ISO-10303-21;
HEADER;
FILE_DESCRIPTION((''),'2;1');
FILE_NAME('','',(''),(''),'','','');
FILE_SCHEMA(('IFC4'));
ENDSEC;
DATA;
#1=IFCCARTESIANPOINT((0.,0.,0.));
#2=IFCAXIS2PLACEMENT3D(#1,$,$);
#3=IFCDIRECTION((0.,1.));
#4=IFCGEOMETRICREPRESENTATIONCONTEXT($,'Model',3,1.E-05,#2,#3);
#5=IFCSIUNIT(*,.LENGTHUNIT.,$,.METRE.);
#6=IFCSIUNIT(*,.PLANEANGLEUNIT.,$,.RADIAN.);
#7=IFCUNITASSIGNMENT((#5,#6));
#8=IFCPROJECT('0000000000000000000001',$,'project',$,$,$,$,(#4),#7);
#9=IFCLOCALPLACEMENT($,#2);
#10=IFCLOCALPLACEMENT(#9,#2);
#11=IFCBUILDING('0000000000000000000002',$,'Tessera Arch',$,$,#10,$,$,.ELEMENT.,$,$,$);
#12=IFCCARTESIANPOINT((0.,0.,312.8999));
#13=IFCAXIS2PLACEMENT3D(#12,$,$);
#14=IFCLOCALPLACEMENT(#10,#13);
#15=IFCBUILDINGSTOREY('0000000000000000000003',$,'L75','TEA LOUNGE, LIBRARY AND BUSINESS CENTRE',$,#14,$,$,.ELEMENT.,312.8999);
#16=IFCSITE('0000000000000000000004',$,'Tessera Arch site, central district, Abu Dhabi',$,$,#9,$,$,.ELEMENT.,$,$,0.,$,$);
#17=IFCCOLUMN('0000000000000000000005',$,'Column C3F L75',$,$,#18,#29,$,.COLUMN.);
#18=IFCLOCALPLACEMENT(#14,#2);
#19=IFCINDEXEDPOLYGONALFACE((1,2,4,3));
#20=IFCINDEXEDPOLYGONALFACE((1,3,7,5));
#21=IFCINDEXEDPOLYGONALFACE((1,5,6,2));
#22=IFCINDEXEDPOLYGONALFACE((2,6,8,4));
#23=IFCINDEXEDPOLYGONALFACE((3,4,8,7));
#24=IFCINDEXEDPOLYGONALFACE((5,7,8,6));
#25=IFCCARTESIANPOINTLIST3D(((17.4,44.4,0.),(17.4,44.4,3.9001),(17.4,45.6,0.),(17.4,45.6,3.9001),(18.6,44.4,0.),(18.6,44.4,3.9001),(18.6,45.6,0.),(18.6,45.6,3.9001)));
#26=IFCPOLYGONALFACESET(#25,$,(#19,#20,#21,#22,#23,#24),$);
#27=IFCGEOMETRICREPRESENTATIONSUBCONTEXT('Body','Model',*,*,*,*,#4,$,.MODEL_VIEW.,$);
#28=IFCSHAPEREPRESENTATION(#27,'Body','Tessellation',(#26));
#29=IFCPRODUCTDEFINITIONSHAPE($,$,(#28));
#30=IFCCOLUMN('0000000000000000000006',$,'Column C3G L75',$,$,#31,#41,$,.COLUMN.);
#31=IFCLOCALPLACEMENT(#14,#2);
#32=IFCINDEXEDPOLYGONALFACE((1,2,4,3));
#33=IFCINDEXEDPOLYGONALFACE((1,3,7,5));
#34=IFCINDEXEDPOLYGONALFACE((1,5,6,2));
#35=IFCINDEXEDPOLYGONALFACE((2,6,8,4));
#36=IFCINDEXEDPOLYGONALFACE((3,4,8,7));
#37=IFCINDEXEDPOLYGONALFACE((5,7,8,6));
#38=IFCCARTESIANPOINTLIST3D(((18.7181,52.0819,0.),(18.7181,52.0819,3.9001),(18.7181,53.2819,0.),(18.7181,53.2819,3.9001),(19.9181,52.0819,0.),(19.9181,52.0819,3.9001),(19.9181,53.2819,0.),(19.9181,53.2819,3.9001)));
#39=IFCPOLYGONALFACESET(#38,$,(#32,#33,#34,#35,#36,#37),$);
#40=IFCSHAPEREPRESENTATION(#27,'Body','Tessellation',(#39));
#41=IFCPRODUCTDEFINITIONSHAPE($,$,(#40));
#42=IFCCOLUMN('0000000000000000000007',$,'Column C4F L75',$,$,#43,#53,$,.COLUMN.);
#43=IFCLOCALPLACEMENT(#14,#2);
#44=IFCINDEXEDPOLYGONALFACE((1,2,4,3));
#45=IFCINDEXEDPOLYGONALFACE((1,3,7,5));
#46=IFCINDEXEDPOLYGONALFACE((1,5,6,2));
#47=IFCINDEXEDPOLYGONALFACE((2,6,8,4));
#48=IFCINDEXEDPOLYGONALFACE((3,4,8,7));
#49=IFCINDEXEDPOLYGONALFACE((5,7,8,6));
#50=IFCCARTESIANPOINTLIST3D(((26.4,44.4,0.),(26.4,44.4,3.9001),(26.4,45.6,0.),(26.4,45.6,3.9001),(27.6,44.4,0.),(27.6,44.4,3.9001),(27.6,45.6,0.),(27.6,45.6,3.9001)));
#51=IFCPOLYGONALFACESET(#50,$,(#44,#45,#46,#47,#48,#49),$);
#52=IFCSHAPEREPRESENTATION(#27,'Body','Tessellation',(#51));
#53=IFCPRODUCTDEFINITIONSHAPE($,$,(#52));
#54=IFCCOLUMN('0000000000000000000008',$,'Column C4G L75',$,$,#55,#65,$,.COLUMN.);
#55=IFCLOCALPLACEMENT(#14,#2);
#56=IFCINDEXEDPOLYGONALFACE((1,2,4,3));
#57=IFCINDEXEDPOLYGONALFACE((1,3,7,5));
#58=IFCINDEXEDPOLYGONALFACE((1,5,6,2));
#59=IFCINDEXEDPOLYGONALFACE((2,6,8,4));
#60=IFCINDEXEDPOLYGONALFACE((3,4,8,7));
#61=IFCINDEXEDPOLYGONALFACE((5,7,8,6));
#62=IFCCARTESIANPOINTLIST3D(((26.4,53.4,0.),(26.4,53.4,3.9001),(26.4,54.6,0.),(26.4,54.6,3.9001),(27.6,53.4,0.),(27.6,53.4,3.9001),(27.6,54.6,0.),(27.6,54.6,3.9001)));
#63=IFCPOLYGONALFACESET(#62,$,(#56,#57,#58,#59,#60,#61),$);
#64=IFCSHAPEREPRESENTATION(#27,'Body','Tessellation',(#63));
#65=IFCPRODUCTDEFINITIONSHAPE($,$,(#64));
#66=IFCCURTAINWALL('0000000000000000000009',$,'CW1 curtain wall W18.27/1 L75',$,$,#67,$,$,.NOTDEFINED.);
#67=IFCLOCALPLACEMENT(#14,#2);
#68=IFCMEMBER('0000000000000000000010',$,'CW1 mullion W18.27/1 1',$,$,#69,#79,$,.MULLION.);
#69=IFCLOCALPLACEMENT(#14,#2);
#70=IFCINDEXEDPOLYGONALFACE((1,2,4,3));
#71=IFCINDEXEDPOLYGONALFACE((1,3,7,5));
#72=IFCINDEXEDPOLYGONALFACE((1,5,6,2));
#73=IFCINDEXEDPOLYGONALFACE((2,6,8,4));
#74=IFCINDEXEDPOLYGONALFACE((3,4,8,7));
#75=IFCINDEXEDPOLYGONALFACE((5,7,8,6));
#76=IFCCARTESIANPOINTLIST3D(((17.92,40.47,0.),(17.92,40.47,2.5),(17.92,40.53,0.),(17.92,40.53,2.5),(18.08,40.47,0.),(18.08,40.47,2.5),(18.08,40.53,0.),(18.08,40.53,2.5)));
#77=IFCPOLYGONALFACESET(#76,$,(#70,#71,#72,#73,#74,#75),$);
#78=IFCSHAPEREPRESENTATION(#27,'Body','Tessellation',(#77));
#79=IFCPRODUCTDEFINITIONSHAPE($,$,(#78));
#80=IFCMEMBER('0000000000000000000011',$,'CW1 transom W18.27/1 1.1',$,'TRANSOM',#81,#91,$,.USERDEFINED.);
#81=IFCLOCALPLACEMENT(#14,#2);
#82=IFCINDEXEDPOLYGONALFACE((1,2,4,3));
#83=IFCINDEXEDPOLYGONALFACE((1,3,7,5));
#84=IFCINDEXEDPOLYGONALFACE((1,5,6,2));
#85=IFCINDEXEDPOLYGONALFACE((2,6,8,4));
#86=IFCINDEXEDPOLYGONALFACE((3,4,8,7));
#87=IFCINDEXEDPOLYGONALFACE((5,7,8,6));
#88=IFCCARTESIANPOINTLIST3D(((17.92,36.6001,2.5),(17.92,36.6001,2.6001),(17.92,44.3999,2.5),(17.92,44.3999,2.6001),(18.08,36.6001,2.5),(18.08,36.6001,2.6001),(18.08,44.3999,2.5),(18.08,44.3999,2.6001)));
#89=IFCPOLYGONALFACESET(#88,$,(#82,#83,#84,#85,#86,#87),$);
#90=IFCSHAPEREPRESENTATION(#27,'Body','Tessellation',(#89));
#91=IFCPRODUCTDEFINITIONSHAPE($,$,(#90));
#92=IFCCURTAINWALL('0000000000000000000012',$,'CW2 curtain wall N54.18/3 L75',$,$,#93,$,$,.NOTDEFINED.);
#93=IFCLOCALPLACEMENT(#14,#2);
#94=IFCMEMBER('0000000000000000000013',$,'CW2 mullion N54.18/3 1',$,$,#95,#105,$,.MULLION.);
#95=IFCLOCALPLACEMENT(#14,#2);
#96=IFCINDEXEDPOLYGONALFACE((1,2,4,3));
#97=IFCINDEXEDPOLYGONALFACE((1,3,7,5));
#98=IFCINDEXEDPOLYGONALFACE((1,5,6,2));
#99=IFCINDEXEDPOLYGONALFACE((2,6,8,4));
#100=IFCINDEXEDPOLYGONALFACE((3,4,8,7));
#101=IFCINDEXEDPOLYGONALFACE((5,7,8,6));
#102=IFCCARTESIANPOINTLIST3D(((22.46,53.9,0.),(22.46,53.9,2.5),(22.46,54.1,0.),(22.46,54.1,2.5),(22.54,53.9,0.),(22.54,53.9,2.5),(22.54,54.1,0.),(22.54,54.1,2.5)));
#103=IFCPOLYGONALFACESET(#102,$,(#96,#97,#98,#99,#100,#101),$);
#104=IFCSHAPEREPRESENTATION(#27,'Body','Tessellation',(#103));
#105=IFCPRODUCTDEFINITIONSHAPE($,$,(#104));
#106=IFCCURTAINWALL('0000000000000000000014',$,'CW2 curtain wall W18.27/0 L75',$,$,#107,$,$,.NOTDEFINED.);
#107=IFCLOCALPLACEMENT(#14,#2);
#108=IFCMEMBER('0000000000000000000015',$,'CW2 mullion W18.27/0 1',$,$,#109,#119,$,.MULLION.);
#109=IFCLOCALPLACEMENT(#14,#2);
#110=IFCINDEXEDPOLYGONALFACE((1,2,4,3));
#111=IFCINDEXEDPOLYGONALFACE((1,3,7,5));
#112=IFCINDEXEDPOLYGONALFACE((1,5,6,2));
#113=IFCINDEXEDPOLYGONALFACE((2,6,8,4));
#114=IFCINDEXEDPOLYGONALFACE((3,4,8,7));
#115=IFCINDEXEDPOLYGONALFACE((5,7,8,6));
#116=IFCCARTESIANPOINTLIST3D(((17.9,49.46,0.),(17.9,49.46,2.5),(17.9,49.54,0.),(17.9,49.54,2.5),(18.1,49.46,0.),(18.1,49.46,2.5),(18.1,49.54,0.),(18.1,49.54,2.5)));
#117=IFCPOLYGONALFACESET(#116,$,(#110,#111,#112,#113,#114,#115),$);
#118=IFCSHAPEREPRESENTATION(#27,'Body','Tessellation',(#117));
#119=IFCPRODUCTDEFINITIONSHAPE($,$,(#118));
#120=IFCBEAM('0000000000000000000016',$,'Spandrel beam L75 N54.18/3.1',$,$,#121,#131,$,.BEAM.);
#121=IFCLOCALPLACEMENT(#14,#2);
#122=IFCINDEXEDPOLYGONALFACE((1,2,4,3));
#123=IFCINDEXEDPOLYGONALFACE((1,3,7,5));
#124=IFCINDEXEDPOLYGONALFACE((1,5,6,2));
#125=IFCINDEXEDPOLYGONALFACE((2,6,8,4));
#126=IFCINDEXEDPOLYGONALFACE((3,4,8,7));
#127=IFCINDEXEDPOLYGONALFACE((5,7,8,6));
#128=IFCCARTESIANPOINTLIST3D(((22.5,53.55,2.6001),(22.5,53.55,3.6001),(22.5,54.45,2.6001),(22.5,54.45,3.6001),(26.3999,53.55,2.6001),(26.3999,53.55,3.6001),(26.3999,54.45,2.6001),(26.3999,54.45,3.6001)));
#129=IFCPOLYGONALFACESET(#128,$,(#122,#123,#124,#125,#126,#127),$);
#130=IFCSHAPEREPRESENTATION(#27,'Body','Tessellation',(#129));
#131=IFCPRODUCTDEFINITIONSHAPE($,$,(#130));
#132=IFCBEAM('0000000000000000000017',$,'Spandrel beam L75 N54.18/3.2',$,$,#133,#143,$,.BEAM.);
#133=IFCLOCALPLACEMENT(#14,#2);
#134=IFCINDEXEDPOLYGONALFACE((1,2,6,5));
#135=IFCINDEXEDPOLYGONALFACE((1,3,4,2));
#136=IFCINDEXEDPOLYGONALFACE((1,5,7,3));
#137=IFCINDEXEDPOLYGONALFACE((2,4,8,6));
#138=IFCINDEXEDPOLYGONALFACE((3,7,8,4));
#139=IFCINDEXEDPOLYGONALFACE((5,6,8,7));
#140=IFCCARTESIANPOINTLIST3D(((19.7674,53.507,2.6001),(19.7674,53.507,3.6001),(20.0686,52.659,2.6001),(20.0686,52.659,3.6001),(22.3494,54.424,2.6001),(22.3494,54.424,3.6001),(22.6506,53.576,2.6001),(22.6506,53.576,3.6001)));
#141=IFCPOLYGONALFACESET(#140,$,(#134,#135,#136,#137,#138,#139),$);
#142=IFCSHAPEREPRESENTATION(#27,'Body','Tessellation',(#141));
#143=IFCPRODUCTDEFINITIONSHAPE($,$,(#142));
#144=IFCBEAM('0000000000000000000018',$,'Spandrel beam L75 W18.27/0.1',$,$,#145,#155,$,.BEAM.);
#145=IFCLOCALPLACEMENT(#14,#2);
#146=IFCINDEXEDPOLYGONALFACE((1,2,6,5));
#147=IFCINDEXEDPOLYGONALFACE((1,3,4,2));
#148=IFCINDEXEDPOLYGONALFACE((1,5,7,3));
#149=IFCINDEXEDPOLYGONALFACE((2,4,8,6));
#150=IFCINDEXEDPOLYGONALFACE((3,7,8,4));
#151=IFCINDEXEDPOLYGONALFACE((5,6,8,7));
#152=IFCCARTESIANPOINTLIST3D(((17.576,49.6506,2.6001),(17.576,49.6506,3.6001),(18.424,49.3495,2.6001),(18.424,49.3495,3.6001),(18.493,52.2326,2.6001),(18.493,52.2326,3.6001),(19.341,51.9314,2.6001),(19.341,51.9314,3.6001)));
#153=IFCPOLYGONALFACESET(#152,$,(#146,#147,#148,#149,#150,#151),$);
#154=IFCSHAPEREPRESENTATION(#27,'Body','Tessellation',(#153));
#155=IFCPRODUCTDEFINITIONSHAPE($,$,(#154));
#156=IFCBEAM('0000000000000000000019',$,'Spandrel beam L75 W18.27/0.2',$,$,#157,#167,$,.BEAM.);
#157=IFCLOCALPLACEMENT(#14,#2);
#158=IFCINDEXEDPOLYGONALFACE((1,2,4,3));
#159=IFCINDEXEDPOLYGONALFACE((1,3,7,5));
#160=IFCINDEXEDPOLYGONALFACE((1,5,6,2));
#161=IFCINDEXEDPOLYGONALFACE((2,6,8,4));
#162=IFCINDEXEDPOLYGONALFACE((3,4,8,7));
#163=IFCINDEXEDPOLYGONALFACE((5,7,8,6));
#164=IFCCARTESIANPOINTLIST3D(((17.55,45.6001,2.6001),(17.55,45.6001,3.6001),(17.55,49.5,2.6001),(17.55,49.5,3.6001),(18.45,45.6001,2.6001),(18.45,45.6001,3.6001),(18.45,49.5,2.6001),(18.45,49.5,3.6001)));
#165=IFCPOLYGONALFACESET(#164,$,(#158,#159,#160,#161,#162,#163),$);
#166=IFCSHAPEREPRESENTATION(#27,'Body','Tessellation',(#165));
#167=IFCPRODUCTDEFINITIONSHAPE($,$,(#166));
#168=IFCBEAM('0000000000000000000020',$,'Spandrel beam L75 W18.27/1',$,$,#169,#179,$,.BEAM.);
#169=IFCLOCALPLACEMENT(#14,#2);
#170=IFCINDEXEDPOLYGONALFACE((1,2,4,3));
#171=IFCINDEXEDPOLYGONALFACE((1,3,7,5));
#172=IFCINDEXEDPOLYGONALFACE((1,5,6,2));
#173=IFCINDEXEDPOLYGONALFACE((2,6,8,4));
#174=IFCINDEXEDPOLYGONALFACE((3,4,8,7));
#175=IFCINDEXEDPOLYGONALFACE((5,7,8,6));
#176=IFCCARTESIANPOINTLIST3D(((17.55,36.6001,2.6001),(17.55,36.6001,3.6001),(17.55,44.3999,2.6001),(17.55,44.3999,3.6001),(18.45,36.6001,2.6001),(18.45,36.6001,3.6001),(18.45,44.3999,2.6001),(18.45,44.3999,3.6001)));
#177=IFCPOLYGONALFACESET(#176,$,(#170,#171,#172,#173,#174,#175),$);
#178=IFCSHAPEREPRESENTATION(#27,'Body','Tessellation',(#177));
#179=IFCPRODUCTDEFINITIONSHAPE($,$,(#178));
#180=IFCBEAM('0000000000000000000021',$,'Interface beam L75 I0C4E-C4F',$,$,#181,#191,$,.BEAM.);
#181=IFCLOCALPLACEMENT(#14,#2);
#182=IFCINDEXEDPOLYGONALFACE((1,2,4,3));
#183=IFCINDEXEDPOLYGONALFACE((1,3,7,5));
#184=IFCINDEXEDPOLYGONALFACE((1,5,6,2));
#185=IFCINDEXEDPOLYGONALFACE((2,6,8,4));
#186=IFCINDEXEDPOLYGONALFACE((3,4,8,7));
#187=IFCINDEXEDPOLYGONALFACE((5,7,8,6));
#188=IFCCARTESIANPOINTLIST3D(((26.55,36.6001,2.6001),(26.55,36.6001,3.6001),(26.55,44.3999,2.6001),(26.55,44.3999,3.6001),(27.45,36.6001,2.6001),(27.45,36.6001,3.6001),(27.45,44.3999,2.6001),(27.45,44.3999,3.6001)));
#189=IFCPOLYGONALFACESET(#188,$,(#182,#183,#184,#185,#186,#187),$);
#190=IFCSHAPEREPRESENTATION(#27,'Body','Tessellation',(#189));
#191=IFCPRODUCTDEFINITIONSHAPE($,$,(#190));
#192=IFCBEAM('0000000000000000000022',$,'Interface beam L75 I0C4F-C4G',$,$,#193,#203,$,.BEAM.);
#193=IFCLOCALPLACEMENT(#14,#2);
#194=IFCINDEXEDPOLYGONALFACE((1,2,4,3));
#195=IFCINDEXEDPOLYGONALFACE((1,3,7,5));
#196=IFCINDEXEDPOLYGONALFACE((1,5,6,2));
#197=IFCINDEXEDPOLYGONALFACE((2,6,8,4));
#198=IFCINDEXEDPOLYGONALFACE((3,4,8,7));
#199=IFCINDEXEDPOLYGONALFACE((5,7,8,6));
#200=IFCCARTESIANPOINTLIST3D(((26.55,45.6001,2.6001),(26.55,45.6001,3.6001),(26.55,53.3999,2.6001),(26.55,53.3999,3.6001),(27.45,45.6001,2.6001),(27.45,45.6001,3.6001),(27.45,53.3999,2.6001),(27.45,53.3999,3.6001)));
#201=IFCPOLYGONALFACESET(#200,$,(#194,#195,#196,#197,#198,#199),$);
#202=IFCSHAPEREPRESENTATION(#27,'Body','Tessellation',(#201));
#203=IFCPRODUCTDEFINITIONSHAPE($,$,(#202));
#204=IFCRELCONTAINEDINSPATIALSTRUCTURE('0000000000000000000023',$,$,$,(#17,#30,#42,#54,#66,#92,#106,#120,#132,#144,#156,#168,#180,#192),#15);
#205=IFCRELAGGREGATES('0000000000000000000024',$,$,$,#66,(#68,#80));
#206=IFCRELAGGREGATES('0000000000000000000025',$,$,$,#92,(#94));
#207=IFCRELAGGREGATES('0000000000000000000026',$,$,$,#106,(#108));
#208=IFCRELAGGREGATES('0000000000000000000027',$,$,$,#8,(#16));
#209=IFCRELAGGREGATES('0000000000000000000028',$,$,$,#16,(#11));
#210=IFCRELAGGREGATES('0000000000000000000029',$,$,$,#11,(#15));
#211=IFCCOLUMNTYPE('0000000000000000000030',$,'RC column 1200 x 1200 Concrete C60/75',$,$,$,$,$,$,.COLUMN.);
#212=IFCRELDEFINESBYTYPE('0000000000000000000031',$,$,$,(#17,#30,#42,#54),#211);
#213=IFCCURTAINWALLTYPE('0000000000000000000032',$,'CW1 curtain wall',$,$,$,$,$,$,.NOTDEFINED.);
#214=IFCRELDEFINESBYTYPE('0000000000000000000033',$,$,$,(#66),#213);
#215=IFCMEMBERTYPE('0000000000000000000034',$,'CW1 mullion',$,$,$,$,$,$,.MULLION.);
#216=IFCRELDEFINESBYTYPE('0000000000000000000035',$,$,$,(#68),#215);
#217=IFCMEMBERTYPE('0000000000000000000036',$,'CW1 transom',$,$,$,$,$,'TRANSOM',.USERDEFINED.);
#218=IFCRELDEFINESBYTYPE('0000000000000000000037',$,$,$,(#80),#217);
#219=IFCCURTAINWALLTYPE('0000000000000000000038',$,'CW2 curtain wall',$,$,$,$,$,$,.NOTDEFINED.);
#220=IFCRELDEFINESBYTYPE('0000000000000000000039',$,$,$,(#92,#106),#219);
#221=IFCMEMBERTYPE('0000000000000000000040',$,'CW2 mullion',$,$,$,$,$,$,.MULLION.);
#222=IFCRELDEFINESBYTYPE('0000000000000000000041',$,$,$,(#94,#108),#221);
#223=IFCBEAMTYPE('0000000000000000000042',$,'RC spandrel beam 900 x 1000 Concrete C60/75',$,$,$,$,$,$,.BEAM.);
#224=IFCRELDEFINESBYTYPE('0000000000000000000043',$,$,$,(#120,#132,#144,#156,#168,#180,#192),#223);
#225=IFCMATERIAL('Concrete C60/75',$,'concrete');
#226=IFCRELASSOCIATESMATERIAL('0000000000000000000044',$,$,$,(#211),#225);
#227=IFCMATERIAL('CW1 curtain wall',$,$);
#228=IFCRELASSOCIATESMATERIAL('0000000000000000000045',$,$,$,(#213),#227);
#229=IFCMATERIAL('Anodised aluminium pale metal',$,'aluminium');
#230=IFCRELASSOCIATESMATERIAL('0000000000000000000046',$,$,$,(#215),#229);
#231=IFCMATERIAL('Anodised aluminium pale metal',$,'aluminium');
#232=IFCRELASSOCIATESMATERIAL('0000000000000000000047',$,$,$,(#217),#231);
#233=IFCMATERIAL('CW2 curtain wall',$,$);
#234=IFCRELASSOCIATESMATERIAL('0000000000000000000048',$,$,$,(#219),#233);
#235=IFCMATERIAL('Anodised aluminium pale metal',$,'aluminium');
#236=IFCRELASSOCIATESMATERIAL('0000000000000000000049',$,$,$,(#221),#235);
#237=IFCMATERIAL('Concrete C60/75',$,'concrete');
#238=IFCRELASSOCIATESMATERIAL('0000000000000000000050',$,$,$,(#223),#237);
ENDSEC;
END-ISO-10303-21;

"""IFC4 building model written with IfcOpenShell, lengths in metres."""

from ifc_helpers import new_model, si_unit, direction, frame, origin, origin_2d, place, context, subcontext, project, spatial, rectangle, extrude, material, material_profile, profile_set, type_object, element, aggregate, save


model = new_model("IFC4")

# Units and contexts
model_context = context("Model", 3, precision=1e-05, world=origin(), true_north=direction((0.0, 1.0)))
body_context = subcontext(model_context, "Body", "Model", "MODEL_VIEW")
ifc_project = project(units=[si_unit("LENGTHUNIT", "METRE"), si_unit("PLANEANGLEUNIT", "RADIAN")], contexts=[model_context])

# Site, building, storey
site_placement = place(None, origin())
site = spatial("IfcSite", under=ifc_project, at=site_placement, Name="Tessera Arch site, central district, Abu Dhabi", CompositionType="ELEMENT", RefElevation=0.0)
building_placement = place(site_placement, origin())
building = spatial("IfcBuilding", under=site, at=building_placement, Name="Tessera Arch", CompositionType="ELEMENT")
storey_placement = place(building_placement, frame((0.0, 0.0, 312.8999)))
storey = spatial("IfcBuildingStorey", under=building, at=storey_placement, Name="L75", Description="TEA LOUNGE, LIBRARY AND BUSINESS CENTRE", CompositionType="ELEMENT", Elevation=312.8999)

# Columns
ifc_material_1 = material(Name="Concrete C60/75", Category="concrete")
ifc_material_profile_1 = material_profile(ifc_material_1, rectangle(XDim=1.2, YDim=1.2, at=origin_2d()), Name="RC column 1200 x 1200 Concrete C60/75")
ifc_profile_set_1 = profile_set([ifc_material_profile_1], Name="Concrete C60/75")
column_type = type_object("IfcColumnType", Name="RC column 1200 x 1200 Concrete C60/75", PredefinedType="COLUMN", material=ifc_profile_set_1)
for number, where, z_axis, x_axis, name in (
    (1, (18.0, 45.0, 0.0), (0.0, 0.0, 1.0), (1.0, 0.0, 0.0), "Column C3F L75"),
    (2, (19.3181, 52.6819, 0.0), (0.0, 0.0, 1.0), (1.0, 0.0, 0.0), "Column C3G L75"),
    (3, (27.0, 45.0, 0.0), (0.0, 0.0, 1.0), (1.0, 0.0, 0.0), "Column C4F L75"),
    (4, (27.0, 54.0, 0.0), (0.0, 0.0, 1.0), (1.0, 0.0, 0.0), "Column C4G L75"),
):
    element("IfcColumn", number, at=place(storey_placement, frame(where, z_axis=z_axis, x_axis=x_axis)), inside=storey, type_object=column_type, Name=name, PredefinedType="COLUMN", context=body_context, shape_type="SweptSolid", body=[
        extrude(rectangle(XDim=1.2, YDim=1.2, at=origin_2d()), origin(), (0.0, 0.0, 1.0), 3.9001),
    ])

# Curtain wall, members
ifc_material_2 = material(Name="CW1 curtain wall")
curtain_wall_type_1 = type_object("IfcCurtainWallType", Name="CW1 curtain wall", PredefinedType="NOTDEFINED", material=ifc_material_2)
curtain_wall_1_placement = place(storey_placement, origin())
curtain_wall_1 = element("IfcCurtainWall", 5, at=curtain_wall_1_placement, inside=storey, type_object=curtain_wall_type_1, Name="CW1 curtain wall W18.27/1 L75", PredefinedType="NOTDEFINED")
ifc_material_3 = material(Name="Anodised aluminium pale metal", Category="aluminium")
ifc_material_profile_2 = material_profile(ifc_material_3, rectangle(XDim=0.1599, YDim=0.0601, at=origin_2d()), Name="AL 60x160")
ifc_profile_set_2 = profile_set([ifc_material_profile_2], Name="Anodised aluminium pale metal")
member_type_1 = type_object("IfcMemberType", Name="CW1 mullion", PredefinedType="MULLION", material=ifc_profile_set_2)
member_1_placement = place(storey_placement, frame((18.0, 40.5, 0.0), z_axis=(0.0, 0.0, 1.0), x_axis=(1.0, 0.0, 0.0)))
member_1 = element("IfcMember", 6, at=member_1_placement, type_object=member_type_1, Name="CW1 mullion W18.27/1 1", PredefinedType="MULLION", context=body_context, shape_type="SweptSolid", body=[
    extrude(rectangle(XDim=0.1599, YDim=0.0601, at=origin_2d()), origin(), (0.0, 0.0, 1.0), 2.5),
])
ifc_material_4 = material(Name="Anodised aluminium pale metal", Category="aluminium")
ifc_material_profile_3 = material_profile(ifc_material_4, rectangle(XDim=0.1599, YDim=0.1001, at=origin_2d()), Name="AL 160x100")
ifc_profile_set_3 = profile_set([ifc_material_profile_3], Name="Anodised aluminium pale metal")
member_type_2 = type_object("IfcMemberType", Name="CW1 transom", ElementType="TRANSOM", PredefinedType="USERDEFINED", material=ifc_profile_set_3)
member_2_placement = place(storey_placement, frame((18.0, 44.3999, 2.55), z_axis=(0.0, -1.0, 0.0), x_axis=(1.0, 0.0, 0.0)))
member_2 = element("IfcMember", 7, at=member_2_placement, type_object=member_type_2, Name="CW1 transom W18.27/1 1.1", ObjectType="TRANSOM", PredefinedType="USERDEFINED", context=body_context, shape_type="SweptSolid", body=[
    extrude(rectangle(XDim=0.1599, YDim=0.1001, at=origin_2d()), origin(), (0.0, 0.0, 1.0), 7.7998),
])

# Curtain walls, members
ifc_material_5 = material(Name="CW2 curtain wall")
curtain_wall_type_2 = type_object("IfcCurtainWallType", Name="CW2 curtain wall", PredefinedType="NOTDEFINED", material=ifc_material_5)
curtain_wall_2_placement = place(storey_placement, origin())
curtain_wall_2 = element("IfcCurtainWall", 8, at=curtain_wall_2_placement, inside=storey, type_object=curtain_wall_type_2, Name="CW2 curtain wall N54.18/3 L75", PredefinedType="NOTDEFINED")
ifc_material_6 = material(Name="Anodised aluminium pale metal", Category="aluminium")
ifc_material_profile_4 = material_profile(ifc_material_6, rectangle(XDim=0.2, YDim=0.0801, at=origin_2d()), Name="AL 80x200")
ifc_profile_set_4 = profile_set([ifc_material_profile_4], Name="Anodised aluminium pale metal")
member_type_3 = type_object("IfcMemberType", Name="CW2 mullion", PredefinedType="MULLION", material=ifc_profile_set_4)
member_3_placement = place(storey_placement, frame((22.5, 54.0, 0.0), z_axis=(0.0, 0.0, 1.0), x_axis=(0.0, -1.0, 0.0)))
member_3 = element("IfcMember", 9, at=member_3_placement, type_object=member_type_3, Name="CW2 mullion N54.18/3 1", PredefinedType="MULLION", context=body_context, shape_type="SweptSolid", body=[
    extrude(rectangle(XDim=0.2, YDim=0.0801, at=origin_2d()), origin(), (0.0, 0.0, 1.0), 2.5),
])
curtain_wall_3_placement = place(storey_placement, origin())
curtain_wall_3 = element("IfcCurtainWall", 10, at=curtain_wall_3_placement, inside=storey, type_object=curtain_wall_type_2, Name="CW2 curtain wall W18.27/0 L75", PredefinedType="NOTDEFINED")
member_4_placement = place(storey_placement, frame((18.0, 49.5, 0.0), z_axis=(0.0, 0.0, 1.0), x_axis=(1.0, 0.0, 0.0)))
member_4 = element("IfcMember", 11, at=member_4_placement, type_object=member_type_3, Name="CW2 mullion W18.27/0 1", PredefinedType="MULLION", context=body_context, shape_type="SweptSolid", body=[
    extrude(rectangle(XDim=0.2, YDim=0.0801, at=origin_2d()), origin(), (0.0, 0.0, 1.0), 2.5),
])

# Beams
ifc_material_7 = material(Name="Concrete C60/75", Category="concrete")
ifc_material_profile_5 = material_profile(ifc_material_7, rectangle(XDim=0.8999, YDim=1.0, at=origin_2d()), Name="RC spandrel beam 900 x 1000 Concrete C60/75")
ifc_profile_set_5 = profile_set([ifc_material_profile_5], Name="Concrete C60/75")
beam_type = type_object("IfcBeamType", Name="RC spandrel beam 900 x 1000 Concrete C60/75", PredefinedType="BEAM", material=ifc_profile_set_5)
beam_1_placement = place(storey_placement, frame((26.3999, 54.0, 3.1001), z_axis=(-1.0, 0.0, 0.0), x_axis=(0.0, -1.0, 0.0)))
element("IfcBeam", 12, at=beam_1_placement, inside=storey, type_object=beam_type, Name="Spandrel beam L75 N54.18/3.1", PredefinedType="BEAM", context=body_context, shape_type="SweptSolid", body=[
    extrude(rectangle(XDim=0.8999, YDim=1.0, at=origin_2d()), origin(), (0.0, 0.0, 1.0), 3.8999),
])
for number, where, z_axis, x_axis, name in (
    (13, (22.5, 54.0, 3.1001), (-0.942337, -0.334665, 0.0), (0.334665, -0.942337, 0.0), "Spandrel beam L75 N54.18/3.2"),
    (14, (18.917, 52.082, 3.1001), (-0.334665, -0.942337, 0.0), (0.942337, -0.334665, 0.0), "Spandrel beam L75 W18.27/0.1"),
):
    element("IfcBeam", number, at=place(storey_placement, frame(where, z_axis=z_axis, x_axis=x_axis)), inside=storey, type_object=beam_type, Name=name, PredefinedType="BEAM", context=body_context, shape_type="SweptSolid", body=[
        extrude(rectangle(XDim=0.8999, YDim=1.0, at=origin_2d()), origin(), (0.0, 0.0, 1.0), 2.74),
    ])
beam_2_placement = place(storey_placement, frame((18.0, 49.5, 3.1001), z_axis=(0.0, -1.0, 0.0), x_axis=(1.0, 0.0, 0.0)))
element("IfcBeam", 15, at=beam_2_placement, inside=storey, type_object=beam_type, Name="Spandrel beam L75 W18.27/0.2", PredefinedType="BEAM", context=body_context, shape_type="SweptSolid", body=[
    extrude(rectangle(XDim=0.8999, YDim=1.0, at=origin_2d()), origin(), (0.0, 0.0, 1.0), 3.8999),
])
for number, where, z_axis, x_axis, name in (
    (16, (18.0, 44.3999, 3.1001), (0.0, -1.0, 0.0), (1.0, 0.0, 0.0), "Spandrel beam L75 W18.27/1"),
    (17, (27.0, 36.6001, 3.1001), (0.0, 1.0, 0.0), (-1.0, 0.0, 0.0), "Interface beam L75 I0C4E-C4F"),
    (18, (27.0, 45.6001, 3.1001), (0.0, 1.0, 0.0), (-1.0, 0.0, 0.0), "Interface beam L75 I0C4F-C4G"),
):
    element("IfcBeam", number, at=place(storey_placement, frame(where, z_axis=z_axis, x_axis=x_axis)), inside=storey, type_object=beam_type, Name=name, PredefinedType="BEAM", context=body_context, shape_type="SweptSolid", body=[
        extrude(rectangle(XDim=0.8999, YDim=1.0, at=origin_2d()), origin(), (0.0, 0.0, 1.0), 7.7998),
    ])

aggregate(curtain_wall_1, [member_1, member_2])
aggregate(curtain_wall_2, [member_3])
aggregate(curtain_wall_3, [member_4])

save(model, "model.ifc")
